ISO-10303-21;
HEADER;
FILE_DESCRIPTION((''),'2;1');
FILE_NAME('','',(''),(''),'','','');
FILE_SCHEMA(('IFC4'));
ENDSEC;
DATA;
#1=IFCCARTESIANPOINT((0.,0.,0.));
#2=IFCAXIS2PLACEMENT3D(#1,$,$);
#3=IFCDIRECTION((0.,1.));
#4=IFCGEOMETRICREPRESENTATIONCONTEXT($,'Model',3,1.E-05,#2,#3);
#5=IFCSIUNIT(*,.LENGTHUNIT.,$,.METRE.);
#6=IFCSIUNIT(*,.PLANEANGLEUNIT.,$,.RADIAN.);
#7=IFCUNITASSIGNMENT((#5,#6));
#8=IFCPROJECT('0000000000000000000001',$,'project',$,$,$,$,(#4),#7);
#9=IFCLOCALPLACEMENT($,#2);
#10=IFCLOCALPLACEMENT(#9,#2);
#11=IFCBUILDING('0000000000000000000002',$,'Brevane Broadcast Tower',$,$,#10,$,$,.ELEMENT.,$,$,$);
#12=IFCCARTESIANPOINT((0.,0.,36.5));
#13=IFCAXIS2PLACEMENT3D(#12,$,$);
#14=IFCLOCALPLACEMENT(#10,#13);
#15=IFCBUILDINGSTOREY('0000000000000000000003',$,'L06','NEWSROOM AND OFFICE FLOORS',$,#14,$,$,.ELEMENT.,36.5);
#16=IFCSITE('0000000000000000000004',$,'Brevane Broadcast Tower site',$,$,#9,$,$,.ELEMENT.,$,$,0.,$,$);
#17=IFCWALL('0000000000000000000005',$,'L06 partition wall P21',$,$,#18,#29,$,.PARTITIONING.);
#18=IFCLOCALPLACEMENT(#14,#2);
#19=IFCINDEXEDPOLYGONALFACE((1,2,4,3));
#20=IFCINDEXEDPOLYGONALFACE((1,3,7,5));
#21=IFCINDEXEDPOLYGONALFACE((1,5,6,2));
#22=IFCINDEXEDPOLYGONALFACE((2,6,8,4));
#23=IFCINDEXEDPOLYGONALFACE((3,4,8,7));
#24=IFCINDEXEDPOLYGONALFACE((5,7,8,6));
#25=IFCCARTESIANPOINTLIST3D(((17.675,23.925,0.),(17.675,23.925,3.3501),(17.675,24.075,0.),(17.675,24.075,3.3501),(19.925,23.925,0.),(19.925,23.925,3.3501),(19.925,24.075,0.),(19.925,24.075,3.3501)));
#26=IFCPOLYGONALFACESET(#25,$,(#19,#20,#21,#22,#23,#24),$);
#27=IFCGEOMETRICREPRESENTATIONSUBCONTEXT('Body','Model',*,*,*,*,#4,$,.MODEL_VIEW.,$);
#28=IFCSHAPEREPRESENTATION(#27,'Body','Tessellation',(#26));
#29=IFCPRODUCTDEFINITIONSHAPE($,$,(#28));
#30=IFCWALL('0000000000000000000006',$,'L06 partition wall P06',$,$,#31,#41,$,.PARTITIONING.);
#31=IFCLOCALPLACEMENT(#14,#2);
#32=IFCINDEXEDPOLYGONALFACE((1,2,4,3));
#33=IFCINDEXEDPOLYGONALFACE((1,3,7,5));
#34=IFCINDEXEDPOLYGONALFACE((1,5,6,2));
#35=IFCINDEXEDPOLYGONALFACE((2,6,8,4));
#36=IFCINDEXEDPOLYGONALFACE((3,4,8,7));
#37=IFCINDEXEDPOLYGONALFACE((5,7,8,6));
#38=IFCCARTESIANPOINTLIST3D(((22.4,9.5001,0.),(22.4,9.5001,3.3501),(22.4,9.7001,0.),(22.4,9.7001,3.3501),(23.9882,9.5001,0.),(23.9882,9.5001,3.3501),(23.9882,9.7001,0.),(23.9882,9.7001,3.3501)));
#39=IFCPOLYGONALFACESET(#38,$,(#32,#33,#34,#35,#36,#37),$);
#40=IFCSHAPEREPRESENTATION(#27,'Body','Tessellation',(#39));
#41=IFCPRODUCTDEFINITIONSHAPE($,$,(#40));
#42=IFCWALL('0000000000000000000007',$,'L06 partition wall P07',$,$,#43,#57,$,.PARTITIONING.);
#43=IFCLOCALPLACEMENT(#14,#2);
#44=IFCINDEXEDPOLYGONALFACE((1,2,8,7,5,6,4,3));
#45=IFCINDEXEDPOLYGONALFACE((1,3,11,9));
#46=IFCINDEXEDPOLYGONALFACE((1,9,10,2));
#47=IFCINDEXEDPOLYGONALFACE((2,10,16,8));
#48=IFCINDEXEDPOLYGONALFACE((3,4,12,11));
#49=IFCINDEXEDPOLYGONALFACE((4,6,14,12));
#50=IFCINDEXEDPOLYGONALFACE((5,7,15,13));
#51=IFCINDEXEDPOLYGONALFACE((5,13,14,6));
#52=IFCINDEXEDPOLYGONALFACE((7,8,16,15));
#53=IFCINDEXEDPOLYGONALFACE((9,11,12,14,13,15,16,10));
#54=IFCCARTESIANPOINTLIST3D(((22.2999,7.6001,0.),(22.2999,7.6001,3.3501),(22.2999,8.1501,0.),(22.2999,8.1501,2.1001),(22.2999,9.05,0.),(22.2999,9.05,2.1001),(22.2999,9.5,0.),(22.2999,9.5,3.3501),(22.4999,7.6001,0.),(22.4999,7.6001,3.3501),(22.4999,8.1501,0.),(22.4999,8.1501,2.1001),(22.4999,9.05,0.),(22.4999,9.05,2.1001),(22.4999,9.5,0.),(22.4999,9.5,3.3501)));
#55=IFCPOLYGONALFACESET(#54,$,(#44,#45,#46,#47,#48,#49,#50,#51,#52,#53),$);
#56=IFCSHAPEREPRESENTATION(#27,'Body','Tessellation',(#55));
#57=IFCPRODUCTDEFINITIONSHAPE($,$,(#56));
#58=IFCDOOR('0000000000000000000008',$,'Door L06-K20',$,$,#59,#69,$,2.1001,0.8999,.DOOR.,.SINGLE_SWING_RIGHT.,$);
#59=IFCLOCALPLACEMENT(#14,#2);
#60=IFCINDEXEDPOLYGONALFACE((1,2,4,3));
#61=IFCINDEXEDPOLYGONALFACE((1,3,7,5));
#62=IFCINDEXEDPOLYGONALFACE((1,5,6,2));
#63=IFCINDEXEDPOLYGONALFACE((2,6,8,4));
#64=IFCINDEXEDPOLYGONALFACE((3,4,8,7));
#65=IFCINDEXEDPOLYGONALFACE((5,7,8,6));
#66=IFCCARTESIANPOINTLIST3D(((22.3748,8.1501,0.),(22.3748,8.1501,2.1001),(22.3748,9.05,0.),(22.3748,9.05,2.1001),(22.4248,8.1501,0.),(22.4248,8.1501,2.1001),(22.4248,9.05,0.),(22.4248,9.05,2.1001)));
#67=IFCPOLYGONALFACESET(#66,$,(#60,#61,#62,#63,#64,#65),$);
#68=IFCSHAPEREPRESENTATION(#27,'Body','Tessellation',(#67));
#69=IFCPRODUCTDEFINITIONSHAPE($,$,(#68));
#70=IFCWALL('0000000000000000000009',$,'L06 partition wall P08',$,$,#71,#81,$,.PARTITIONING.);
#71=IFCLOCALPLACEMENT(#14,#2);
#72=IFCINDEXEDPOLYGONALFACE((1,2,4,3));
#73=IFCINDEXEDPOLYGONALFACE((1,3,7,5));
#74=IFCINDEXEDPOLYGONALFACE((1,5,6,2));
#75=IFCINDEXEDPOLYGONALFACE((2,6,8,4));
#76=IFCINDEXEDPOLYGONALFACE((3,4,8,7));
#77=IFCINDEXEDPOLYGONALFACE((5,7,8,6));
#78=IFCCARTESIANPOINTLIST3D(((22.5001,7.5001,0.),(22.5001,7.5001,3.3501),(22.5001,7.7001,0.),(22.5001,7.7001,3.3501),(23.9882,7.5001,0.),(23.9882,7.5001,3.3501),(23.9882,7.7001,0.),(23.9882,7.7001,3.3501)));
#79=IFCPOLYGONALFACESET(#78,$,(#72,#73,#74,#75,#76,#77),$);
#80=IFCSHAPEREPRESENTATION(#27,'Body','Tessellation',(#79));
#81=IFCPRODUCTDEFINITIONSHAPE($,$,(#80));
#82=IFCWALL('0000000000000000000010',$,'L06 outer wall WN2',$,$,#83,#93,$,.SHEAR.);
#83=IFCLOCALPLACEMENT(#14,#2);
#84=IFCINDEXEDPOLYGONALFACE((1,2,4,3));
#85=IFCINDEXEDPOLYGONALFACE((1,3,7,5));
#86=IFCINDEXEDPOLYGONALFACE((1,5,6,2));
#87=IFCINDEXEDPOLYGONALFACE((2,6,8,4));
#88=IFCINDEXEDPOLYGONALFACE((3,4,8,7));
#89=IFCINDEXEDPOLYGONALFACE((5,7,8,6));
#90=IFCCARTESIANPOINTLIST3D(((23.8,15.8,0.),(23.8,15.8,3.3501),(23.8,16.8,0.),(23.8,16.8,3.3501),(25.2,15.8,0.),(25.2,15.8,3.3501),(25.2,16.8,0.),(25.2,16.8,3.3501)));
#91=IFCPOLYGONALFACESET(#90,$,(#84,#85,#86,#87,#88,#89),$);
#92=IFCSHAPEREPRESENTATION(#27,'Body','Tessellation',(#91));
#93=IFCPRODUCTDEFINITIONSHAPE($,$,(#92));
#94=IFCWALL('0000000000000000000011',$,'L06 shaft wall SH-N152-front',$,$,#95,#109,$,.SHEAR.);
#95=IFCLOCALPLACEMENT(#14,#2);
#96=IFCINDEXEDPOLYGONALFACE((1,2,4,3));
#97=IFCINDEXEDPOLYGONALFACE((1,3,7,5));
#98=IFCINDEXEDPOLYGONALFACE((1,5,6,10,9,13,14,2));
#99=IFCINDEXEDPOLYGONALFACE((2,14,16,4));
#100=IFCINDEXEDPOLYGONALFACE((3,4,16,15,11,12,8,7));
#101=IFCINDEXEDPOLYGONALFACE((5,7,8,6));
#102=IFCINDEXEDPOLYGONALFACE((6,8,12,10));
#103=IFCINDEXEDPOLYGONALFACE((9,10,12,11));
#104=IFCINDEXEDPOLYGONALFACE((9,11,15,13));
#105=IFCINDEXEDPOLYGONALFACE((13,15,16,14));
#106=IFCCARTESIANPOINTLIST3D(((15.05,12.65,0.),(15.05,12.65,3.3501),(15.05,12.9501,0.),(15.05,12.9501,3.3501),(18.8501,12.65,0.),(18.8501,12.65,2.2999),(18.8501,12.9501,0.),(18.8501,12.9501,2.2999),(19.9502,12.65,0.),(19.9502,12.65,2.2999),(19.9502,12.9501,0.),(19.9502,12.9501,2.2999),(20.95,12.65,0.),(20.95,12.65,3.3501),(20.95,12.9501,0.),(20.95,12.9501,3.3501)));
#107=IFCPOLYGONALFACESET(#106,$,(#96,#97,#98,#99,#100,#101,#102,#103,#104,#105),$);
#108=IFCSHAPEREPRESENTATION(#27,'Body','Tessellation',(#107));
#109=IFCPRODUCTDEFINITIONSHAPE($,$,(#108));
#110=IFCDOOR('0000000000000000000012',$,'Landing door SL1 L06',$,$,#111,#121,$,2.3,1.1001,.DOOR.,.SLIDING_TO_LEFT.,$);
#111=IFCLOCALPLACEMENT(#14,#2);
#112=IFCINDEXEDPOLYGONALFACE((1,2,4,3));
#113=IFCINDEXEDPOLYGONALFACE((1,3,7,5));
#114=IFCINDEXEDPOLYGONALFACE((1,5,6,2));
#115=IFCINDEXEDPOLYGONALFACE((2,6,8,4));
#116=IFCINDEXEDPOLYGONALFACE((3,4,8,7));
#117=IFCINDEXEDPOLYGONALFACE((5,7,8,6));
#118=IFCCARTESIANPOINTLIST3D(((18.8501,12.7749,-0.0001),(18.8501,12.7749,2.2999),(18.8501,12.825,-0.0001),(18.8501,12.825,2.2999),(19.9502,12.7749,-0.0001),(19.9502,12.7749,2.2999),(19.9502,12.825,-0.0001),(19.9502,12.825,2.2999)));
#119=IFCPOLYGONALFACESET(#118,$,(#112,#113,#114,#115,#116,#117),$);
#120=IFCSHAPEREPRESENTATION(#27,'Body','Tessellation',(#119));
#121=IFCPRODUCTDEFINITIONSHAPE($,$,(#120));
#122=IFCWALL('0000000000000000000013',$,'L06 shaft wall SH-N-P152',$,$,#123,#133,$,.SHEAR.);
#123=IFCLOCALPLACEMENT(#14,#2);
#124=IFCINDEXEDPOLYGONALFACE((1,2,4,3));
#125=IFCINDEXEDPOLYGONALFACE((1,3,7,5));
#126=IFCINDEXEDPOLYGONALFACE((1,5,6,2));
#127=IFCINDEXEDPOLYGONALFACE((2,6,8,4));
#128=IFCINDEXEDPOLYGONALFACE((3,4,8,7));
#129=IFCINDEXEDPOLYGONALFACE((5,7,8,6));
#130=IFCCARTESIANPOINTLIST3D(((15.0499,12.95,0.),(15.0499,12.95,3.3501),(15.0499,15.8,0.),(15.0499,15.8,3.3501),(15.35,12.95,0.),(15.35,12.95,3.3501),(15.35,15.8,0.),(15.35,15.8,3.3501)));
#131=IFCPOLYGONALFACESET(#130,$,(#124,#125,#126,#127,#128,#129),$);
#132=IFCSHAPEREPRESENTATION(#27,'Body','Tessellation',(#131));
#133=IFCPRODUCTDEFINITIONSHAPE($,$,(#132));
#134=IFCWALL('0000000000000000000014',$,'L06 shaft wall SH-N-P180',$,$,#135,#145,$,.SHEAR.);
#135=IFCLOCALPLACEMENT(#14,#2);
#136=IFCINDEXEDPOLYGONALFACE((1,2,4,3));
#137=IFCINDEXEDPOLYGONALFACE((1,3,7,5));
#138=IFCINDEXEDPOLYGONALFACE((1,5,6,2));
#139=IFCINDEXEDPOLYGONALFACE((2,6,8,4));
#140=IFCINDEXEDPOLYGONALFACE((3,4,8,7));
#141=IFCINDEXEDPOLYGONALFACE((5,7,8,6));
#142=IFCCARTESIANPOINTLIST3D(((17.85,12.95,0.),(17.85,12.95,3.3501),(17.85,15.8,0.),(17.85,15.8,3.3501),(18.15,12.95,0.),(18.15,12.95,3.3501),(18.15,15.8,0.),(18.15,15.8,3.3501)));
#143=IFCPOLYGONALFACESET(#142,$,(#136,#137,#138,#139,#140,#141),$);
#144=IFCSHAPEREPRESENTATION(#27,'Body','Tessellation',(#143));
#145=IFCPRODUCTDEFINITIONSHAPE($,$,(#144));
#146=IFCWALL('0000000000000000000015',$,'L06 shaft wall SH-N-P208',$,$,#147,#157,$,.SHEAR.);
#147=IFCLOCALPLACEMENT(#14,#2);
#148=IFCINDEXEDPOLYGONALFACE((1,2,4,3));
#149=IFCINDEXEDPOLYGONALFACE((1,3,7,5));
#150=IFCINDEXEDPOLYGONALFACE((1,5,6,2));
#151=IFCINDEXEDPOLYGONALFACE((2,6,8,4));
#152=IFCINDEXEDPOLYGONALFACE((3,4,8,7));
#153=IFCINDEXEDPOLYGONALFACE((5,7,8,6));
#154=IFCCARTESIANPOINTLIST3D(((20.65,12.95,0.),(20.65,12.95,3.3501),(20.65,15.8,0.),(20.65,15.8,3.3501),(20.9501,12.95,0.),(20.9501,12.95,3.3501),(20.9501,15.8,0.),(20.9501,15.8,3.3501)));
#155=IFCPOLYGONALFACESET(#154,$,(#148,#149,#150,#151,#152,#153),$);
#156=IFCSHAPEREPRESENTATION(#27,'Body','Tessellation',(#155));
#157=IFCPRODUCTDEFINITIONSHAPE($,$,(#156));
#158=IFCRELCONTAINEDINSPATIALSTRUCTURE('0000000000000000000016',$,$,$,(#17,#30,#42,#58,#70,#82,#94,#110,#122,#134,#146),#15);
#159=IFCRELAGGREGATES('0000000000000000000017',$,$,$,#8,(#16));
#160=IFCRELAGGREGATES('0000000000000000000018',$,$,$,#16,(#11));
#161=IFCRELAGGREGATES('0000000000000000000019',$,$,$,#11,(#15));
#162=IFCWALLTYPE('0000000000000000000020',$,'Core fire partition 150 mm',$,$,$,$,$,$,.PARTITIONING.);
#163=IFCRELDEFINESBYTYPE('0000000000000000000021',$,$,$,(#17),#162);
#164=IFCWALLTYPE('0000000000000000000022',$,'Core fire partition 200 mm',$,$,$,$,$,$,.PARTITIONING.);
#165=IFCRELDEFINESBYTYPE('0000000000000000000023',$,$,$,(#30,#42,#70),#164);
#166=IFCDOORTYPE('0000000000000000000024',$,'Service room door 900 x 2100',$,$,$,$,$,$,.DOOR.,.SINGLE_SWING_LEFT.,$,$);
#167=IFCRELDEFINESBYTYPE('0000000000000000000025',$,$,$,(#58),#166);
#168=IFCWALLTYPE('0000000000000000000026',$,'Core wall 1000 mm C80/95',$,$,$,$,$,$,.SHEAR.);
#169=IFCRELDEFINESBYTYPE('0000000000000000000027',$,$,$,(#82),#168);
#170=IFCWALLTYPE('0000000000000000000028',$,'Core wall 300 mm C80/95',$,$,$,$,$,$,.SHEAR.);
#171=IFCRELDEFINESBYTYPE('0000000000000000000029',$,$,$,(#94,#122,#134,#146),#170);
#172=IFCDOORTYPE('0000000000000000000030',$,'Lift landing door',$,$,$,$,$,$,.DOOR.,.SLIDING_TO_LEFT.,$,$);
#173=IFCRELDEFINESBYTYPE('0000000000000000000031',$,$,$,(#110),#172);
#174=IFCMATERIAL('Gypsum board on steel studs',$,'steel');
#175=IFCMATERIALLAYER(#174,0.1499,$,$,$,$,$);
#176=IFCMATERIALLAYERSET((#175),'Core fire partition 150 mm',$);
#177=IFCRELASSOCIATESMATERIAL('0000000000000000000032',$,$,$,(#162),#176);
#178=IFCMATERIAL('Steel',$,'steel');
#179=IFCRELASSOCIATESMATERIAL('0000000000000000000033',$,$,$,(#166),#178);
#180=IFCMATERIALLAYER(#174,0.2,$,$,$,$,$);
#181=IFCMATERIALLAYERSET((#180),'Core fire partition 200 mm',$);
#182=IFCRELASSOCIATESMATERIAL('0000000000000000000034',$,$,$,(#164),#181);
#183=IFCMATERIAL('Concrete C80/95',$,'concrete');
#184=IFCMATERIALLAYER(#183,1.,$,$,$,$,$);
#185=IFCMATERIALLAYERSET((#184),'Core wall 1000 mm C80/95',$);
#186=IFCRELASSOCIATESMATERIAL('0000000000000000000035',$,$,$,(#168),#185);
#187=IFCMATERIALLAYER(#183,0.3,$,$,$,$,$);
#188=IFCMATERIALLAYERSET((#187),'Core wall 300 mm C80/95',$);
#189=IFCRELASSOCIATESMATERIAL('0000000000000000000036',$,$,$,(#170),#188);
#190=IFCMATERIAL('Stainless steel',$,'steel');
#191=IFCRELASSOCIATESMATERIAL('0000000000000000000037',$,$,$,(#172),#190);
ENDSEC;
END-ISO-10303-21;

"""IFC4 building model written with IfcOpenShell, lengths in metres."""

from ifc_helpers import new_model, si_unit, direction, frame, frame_2d, origin, place, context, subcontext, project, spatial, rectangle, extrude, material, layer, layer_set, type_object, element, fill, save


model = new_model("IFC4")

# Units and contexts
model_context = context("Model", 3, precision=1e-05, world=origin(), true_north=direction((0.0, 1.0)))
body_context = subcontext(model_context, "Body", "Model", "MODEL_VIEW")
ifc_project = project(units=[si_unit("LENGTHUNIT", "METRE"), si_unit("PLANEANGLEUNIT", "RADIAN")], contexts=[model_context])

# Site, building, storey
site_placement = place(None, origin())
site = spatial("IfcSite", under=ifc_project, at=site_placement, Name="Brevane Broadcast Tower site", CompositionType="ELEMENT", RefElevation=0.0)
building_placement = place(site_placement, origin())
building = spatial("IfcBuilding", under=site, at=building_placement, Name="Brevane Broadcast Tower", CompositionType="ELEMENT")
storey_placement = place(building_placement, frame((0.0, 0.0, 36.5)))
storey = spatial("IfcBuildingStorey", under=building, at=storey_placement, Name="L06", Description="NEWSROOM AND OFFICE FLOORS", CompositionType="ELEMENT", Elevation=36.5)

# Shared definitions
ifc_material_1 = material(Name="Gypsum board on steel studs", Category="steel")
ifc_layer_1 = layer(ifc_material_1, 0.1499)
ifc_layer_set_1 = layer_set([ifc_layer_1], Name="Core fire partition 150 mm")
wall_type_1 = type_object("IfcWallType", Name="Core fire partition 150 mm", PredefinedType="PARTITIONING", material=ifc_layer_set_1)

# Shared definitions
ifc_material_2 = material(Name="Steel", Category="steel")
door_type_1 = type_object("IfcDoorType", Name="Service room door 900 x 2100", OperationType="SINGLE_SWING_LEFT", PredefinedType="DOOR", material=ifc_material_2)

# Walls
wall_1_placement = place(storey_placement, frame((17.675, 24.0, 0.0), z_axis=(0.0, 0.0, 1.0), x_axis=(1.0, 0.0, 0.0)))
element("IfcWall", 1, at=wall_1_placement, inside=storey, type_object=wall_type_1, Name="L06 partition wall P21", PredefinedType="PARTITIONING", context=body_context, shape_type="SweptSolid", body=[
    extrude(rectangle(XDim=2.25, YDim=0.1499, at=frame_2d((1.125, 0.0))), origin(), (0.0, 0.0, 1.0), 3.3501),
])
ifc_layer_2 = layer(ifc_material_1, 0.2)
ifc_layer_set_2 = layer_set([ifc_layer_2], Name="Core fire partition 200 mm")
wall_type_2 = type_object("IfcWallType", Name="Core fire partition 200 mm", PredefinedType="PARTITIONING", material=ifc_layer_set_2)
wall_2_placement = place(storey_placement, frame((23.988, 9.6001, 0.0), z_axis=(0.0, 0.0, 1.0), x_axis=(-1.0, 0.0, 0.0)))
element("IfcWall", 2, at=wall_2_placement, inside=storey, type_object=wall_type_2, Name="L06 partition wall P06", PredefinedType="PARTITIONING", context=body_context, shape_type="SweptSolid", body=[
    extrude(rectangle(XDim=1.5881, YDim=0.2, at=frame_2d((0.7939, 0.0))), origin(), (0.0, 0.0, 1.0), 3.3501),
])

# Wall, opening, door
wall_3_placement = place(storey_placement, frame((22.3999, 9.5, 0.0), z_axis=(0.0, 0.0, 1.0), x_axis=(0.0, -1.0, 0.0)))
wall_3 = element("IfcWall", 3, at=wall_3_placement, inside=storey, type_object=wall_type_2, Name="L06 partition wall P07", PredefinedType="PARTITIONING", context=body_context, shape_type="SweptSolid", body=[
    extrude(rectangle(XDim=1.8999, YDim=0.2, at=frame_2d((0.95, 0.0))), origin(), (0.0, 0.0, 1.0), 3.3501),
])
opening_1_placement = place(wall_3_placement, frame((0.45, 0.0, 0.0)))
opening_1 = element("IfcOpeningElement", 4, at=opening_1_placement, cuts=wall_3, PredefinedType="OPENING", context=body_context, shape_type="SweptSolid", body=[
    extrude(rectangle(XDim=0.8999, YDim=2.1001, at=frame_2d((0.45, 1.05))), frame((0.0, 0.1099, 0.0), z_axis=(0.0, -1.0, 0.0), x_axis=(1.0, 0.0, 0.0)), (0.0, 0.0, 1.0), 0.22),
])
door_1_placement = place(opening_1_placement, origin())
door_1 = element("IfcDoor", 5, at=door_1_placement, inside=storey, type_object=door_type_1, Name="Door L06-K20", OperationType="SINGLE_SWING_RIGHT", OverallHeight=2.1001, OverallWidth=0.8999, PredefinedType="DOOR", context=body_context, shape_type="SweptSolid", body=[
    extrude(rectangle(XDim=0.8999, YDim=2.1001, at=frame_2d((0.45, 1.05))), frame((0.0, 0.0249, 0.0), z_axis=(0.0, -1.0, 0.0), x_axis=(1.0, 0.0, 0.0)), (0.0, 0.0, 1.0), 0.05),
])
fill(opening_1, door_1)

# Walls
wall_4_placement = place(storey_placement, frame((22.5, 7.6001, 0.0), z_axis=(0.0, 0.0, 1.0), x_axis=(1.0, 0.0, 0.0)))
element("IfcWall", 6, at=wall_4_placement, inside=storey, type_object=wall_type_2, Name="L06 partition wall P08", PredefinedType="PARTITIONING", context=body_context, shape_type="SweptSolid", body=[
    extrude(rectangle(XDim=1.488, YDim=0.2, at=frame_2d((0.7441, 0.0))), origin(), (0.0, 0.0, 1.0), 3.3501),
])
ifc_material_3 = material(Name="Concrete C80/95", Category="concrete")
ifc_layer_3 = layer(ifc_material_3, 1.0)
ifc_layer_set_3 = layer_set([ifc_layer_3], Name="Core wall 1000 mm C80/95")
wall_type_3 = type_object("IfcWallType", Name="Core wall 1000 mm C80/95", PredefinedType="SHEAR", material=ifc_layer_set_3)
wall_5_placement = place(storey_placement, frame((23.8, 16.3, 0.0), z_axis=(0.0, 0.0, 1.0), x_axis=(1.0, 0.0, 0.0)))
element("IfcWall", 7, at=wall_5_placement, inside=storey, type_object=wall_type_3, Name="L06 outer wall WN2", PredefinedType="SHEAR", context=body_context, shape_type="SweptSolid", body=[
    extrude(rectangle(XDim=1.3999, YDim=1.0, at=frame_2d((0.7, 0.0))), origin(), (0.0, 0.0, 1.0), 3.3501),
])

# Wall, opening, door
ifc_layer_4 = layer(ifc_material_3, 0.3)
ifc_layer_set_4 = layer_set([ifc_layer_4], Name="Core wall 300 mm C80/95")
wall_type_4 = type_object("IfcWallType", Name="Core wall 300 mm C80/95", PredefinedType="SHEAR", material=ifc_layer_set_4)
wall_6_placement = place(storey_placement, frame((15.05, 12.8, 0.0), z_axis=(0.0, 0.0, 1.0), x_axis=(1.0, 0.0, 0.0)))
wall_6 = element("IfcWall", 8, at=wall_6_placement, inside=storey, type_object=wall_type_4, Name="L06 shaft wall SH-N152-front", PredefinedType="SHEAR", context=body_context, shape_type="SweptSolid", body=[
    extrude(rectangle(XDim=5.8999, YDim=0.3, at=frame_2d((2.95, 0.0))), origin(), (0.0, 0.0, 1.0), 3.3501),
])
opening_2_placement = place(wall_6_placement, frame((3.8, 0.0, 0.0)))
opening_2 = element("IfcOpeningElement", 9, at=opening_2_placement, cuts=wall_6, PredefinedType="OPENING", context=body_context, shape_type="SweptSolid", body=[
    extrude(rectangle(XDim=1.1001, YDim=2.3, at=frame_2d((0.55, 1.1499))), frame((0.0, 0.1599, 0.0), z_axis=(0.0, -1.0, 0.0), x_axis=(1.0, 0.0, 0.0)), (0.0, 0.0, 1.0), 0.3201),
])
ifc_material_4 = material(Name="Stainless steel", Category="steel")
door_type_2 = type_object("IfcDoorType", Name="Lift landing door", OperationType="SLIDING_TO_LEFT", PredefinedType="DOOR", material=ifc_material_4)
door_2_placement = place(opening_2_placement, origin())
door_2 = element("IfcDoor", 10, at=door_2_placement, inside=storey, type_object=door_type_2, Name="Landing door SL1 L06", OperationType="SLIDING_TO_LEFT", OverallHeight=2.3, OverallWidth=1.1001, PredefinedType="DOOR", context=body_context, shape_type="SweptSolid", body=[
    extrude(rectangle(XDim=1.1001, YDim=2.3, at=frame_2d((0.55, 1.1499))), frame((0.0, 0.0249, 0.0), z_axis=(0.0, -1.0, 0.0), x_axis=(1.0, 0.0, 0.0)), (0.0, 0.0, 1.0), 0.05),
])
fill(opening_2, door_2)

# Walls
for number, where, z_axis, x_axis, name in (
    (11, (15.2, 12.95, 0.0), (0.0, 0.0, 1.0), (0.0, 1.0, 0.0), "L06 shaft wall SH-N-P152"),
    (12, (18.0, 12.95, 0.0), (0.0, 0.0, 1.0), (0.0, 1.0, 0.0), "L06 shaft wall SH-N-P180"),
    (13, (20.8, 12.95, 0.0), (0.0, 0.0, 1.0), (0.0, 1.0, 0.0), "L06 shaft wall SH-N-P208"),
):
    element("IfcWall", number, at=place(storey_placement, frame(where, z_axis=z_axis, x_axis=x_axis)), inside=storey, type_object=wall_type_4, Name=name, PredefinedType="SHEAR", context=body_context, shape_type="SweptSolid", body=[
        extrude(rectangle(XDim=2.8501, YDim=0.3, at=frame_2d((1.425, 0.0))), origin(), (0.0, 0.0, 1.0), 3.3501),
    ])

save(model, "model.ifc")
